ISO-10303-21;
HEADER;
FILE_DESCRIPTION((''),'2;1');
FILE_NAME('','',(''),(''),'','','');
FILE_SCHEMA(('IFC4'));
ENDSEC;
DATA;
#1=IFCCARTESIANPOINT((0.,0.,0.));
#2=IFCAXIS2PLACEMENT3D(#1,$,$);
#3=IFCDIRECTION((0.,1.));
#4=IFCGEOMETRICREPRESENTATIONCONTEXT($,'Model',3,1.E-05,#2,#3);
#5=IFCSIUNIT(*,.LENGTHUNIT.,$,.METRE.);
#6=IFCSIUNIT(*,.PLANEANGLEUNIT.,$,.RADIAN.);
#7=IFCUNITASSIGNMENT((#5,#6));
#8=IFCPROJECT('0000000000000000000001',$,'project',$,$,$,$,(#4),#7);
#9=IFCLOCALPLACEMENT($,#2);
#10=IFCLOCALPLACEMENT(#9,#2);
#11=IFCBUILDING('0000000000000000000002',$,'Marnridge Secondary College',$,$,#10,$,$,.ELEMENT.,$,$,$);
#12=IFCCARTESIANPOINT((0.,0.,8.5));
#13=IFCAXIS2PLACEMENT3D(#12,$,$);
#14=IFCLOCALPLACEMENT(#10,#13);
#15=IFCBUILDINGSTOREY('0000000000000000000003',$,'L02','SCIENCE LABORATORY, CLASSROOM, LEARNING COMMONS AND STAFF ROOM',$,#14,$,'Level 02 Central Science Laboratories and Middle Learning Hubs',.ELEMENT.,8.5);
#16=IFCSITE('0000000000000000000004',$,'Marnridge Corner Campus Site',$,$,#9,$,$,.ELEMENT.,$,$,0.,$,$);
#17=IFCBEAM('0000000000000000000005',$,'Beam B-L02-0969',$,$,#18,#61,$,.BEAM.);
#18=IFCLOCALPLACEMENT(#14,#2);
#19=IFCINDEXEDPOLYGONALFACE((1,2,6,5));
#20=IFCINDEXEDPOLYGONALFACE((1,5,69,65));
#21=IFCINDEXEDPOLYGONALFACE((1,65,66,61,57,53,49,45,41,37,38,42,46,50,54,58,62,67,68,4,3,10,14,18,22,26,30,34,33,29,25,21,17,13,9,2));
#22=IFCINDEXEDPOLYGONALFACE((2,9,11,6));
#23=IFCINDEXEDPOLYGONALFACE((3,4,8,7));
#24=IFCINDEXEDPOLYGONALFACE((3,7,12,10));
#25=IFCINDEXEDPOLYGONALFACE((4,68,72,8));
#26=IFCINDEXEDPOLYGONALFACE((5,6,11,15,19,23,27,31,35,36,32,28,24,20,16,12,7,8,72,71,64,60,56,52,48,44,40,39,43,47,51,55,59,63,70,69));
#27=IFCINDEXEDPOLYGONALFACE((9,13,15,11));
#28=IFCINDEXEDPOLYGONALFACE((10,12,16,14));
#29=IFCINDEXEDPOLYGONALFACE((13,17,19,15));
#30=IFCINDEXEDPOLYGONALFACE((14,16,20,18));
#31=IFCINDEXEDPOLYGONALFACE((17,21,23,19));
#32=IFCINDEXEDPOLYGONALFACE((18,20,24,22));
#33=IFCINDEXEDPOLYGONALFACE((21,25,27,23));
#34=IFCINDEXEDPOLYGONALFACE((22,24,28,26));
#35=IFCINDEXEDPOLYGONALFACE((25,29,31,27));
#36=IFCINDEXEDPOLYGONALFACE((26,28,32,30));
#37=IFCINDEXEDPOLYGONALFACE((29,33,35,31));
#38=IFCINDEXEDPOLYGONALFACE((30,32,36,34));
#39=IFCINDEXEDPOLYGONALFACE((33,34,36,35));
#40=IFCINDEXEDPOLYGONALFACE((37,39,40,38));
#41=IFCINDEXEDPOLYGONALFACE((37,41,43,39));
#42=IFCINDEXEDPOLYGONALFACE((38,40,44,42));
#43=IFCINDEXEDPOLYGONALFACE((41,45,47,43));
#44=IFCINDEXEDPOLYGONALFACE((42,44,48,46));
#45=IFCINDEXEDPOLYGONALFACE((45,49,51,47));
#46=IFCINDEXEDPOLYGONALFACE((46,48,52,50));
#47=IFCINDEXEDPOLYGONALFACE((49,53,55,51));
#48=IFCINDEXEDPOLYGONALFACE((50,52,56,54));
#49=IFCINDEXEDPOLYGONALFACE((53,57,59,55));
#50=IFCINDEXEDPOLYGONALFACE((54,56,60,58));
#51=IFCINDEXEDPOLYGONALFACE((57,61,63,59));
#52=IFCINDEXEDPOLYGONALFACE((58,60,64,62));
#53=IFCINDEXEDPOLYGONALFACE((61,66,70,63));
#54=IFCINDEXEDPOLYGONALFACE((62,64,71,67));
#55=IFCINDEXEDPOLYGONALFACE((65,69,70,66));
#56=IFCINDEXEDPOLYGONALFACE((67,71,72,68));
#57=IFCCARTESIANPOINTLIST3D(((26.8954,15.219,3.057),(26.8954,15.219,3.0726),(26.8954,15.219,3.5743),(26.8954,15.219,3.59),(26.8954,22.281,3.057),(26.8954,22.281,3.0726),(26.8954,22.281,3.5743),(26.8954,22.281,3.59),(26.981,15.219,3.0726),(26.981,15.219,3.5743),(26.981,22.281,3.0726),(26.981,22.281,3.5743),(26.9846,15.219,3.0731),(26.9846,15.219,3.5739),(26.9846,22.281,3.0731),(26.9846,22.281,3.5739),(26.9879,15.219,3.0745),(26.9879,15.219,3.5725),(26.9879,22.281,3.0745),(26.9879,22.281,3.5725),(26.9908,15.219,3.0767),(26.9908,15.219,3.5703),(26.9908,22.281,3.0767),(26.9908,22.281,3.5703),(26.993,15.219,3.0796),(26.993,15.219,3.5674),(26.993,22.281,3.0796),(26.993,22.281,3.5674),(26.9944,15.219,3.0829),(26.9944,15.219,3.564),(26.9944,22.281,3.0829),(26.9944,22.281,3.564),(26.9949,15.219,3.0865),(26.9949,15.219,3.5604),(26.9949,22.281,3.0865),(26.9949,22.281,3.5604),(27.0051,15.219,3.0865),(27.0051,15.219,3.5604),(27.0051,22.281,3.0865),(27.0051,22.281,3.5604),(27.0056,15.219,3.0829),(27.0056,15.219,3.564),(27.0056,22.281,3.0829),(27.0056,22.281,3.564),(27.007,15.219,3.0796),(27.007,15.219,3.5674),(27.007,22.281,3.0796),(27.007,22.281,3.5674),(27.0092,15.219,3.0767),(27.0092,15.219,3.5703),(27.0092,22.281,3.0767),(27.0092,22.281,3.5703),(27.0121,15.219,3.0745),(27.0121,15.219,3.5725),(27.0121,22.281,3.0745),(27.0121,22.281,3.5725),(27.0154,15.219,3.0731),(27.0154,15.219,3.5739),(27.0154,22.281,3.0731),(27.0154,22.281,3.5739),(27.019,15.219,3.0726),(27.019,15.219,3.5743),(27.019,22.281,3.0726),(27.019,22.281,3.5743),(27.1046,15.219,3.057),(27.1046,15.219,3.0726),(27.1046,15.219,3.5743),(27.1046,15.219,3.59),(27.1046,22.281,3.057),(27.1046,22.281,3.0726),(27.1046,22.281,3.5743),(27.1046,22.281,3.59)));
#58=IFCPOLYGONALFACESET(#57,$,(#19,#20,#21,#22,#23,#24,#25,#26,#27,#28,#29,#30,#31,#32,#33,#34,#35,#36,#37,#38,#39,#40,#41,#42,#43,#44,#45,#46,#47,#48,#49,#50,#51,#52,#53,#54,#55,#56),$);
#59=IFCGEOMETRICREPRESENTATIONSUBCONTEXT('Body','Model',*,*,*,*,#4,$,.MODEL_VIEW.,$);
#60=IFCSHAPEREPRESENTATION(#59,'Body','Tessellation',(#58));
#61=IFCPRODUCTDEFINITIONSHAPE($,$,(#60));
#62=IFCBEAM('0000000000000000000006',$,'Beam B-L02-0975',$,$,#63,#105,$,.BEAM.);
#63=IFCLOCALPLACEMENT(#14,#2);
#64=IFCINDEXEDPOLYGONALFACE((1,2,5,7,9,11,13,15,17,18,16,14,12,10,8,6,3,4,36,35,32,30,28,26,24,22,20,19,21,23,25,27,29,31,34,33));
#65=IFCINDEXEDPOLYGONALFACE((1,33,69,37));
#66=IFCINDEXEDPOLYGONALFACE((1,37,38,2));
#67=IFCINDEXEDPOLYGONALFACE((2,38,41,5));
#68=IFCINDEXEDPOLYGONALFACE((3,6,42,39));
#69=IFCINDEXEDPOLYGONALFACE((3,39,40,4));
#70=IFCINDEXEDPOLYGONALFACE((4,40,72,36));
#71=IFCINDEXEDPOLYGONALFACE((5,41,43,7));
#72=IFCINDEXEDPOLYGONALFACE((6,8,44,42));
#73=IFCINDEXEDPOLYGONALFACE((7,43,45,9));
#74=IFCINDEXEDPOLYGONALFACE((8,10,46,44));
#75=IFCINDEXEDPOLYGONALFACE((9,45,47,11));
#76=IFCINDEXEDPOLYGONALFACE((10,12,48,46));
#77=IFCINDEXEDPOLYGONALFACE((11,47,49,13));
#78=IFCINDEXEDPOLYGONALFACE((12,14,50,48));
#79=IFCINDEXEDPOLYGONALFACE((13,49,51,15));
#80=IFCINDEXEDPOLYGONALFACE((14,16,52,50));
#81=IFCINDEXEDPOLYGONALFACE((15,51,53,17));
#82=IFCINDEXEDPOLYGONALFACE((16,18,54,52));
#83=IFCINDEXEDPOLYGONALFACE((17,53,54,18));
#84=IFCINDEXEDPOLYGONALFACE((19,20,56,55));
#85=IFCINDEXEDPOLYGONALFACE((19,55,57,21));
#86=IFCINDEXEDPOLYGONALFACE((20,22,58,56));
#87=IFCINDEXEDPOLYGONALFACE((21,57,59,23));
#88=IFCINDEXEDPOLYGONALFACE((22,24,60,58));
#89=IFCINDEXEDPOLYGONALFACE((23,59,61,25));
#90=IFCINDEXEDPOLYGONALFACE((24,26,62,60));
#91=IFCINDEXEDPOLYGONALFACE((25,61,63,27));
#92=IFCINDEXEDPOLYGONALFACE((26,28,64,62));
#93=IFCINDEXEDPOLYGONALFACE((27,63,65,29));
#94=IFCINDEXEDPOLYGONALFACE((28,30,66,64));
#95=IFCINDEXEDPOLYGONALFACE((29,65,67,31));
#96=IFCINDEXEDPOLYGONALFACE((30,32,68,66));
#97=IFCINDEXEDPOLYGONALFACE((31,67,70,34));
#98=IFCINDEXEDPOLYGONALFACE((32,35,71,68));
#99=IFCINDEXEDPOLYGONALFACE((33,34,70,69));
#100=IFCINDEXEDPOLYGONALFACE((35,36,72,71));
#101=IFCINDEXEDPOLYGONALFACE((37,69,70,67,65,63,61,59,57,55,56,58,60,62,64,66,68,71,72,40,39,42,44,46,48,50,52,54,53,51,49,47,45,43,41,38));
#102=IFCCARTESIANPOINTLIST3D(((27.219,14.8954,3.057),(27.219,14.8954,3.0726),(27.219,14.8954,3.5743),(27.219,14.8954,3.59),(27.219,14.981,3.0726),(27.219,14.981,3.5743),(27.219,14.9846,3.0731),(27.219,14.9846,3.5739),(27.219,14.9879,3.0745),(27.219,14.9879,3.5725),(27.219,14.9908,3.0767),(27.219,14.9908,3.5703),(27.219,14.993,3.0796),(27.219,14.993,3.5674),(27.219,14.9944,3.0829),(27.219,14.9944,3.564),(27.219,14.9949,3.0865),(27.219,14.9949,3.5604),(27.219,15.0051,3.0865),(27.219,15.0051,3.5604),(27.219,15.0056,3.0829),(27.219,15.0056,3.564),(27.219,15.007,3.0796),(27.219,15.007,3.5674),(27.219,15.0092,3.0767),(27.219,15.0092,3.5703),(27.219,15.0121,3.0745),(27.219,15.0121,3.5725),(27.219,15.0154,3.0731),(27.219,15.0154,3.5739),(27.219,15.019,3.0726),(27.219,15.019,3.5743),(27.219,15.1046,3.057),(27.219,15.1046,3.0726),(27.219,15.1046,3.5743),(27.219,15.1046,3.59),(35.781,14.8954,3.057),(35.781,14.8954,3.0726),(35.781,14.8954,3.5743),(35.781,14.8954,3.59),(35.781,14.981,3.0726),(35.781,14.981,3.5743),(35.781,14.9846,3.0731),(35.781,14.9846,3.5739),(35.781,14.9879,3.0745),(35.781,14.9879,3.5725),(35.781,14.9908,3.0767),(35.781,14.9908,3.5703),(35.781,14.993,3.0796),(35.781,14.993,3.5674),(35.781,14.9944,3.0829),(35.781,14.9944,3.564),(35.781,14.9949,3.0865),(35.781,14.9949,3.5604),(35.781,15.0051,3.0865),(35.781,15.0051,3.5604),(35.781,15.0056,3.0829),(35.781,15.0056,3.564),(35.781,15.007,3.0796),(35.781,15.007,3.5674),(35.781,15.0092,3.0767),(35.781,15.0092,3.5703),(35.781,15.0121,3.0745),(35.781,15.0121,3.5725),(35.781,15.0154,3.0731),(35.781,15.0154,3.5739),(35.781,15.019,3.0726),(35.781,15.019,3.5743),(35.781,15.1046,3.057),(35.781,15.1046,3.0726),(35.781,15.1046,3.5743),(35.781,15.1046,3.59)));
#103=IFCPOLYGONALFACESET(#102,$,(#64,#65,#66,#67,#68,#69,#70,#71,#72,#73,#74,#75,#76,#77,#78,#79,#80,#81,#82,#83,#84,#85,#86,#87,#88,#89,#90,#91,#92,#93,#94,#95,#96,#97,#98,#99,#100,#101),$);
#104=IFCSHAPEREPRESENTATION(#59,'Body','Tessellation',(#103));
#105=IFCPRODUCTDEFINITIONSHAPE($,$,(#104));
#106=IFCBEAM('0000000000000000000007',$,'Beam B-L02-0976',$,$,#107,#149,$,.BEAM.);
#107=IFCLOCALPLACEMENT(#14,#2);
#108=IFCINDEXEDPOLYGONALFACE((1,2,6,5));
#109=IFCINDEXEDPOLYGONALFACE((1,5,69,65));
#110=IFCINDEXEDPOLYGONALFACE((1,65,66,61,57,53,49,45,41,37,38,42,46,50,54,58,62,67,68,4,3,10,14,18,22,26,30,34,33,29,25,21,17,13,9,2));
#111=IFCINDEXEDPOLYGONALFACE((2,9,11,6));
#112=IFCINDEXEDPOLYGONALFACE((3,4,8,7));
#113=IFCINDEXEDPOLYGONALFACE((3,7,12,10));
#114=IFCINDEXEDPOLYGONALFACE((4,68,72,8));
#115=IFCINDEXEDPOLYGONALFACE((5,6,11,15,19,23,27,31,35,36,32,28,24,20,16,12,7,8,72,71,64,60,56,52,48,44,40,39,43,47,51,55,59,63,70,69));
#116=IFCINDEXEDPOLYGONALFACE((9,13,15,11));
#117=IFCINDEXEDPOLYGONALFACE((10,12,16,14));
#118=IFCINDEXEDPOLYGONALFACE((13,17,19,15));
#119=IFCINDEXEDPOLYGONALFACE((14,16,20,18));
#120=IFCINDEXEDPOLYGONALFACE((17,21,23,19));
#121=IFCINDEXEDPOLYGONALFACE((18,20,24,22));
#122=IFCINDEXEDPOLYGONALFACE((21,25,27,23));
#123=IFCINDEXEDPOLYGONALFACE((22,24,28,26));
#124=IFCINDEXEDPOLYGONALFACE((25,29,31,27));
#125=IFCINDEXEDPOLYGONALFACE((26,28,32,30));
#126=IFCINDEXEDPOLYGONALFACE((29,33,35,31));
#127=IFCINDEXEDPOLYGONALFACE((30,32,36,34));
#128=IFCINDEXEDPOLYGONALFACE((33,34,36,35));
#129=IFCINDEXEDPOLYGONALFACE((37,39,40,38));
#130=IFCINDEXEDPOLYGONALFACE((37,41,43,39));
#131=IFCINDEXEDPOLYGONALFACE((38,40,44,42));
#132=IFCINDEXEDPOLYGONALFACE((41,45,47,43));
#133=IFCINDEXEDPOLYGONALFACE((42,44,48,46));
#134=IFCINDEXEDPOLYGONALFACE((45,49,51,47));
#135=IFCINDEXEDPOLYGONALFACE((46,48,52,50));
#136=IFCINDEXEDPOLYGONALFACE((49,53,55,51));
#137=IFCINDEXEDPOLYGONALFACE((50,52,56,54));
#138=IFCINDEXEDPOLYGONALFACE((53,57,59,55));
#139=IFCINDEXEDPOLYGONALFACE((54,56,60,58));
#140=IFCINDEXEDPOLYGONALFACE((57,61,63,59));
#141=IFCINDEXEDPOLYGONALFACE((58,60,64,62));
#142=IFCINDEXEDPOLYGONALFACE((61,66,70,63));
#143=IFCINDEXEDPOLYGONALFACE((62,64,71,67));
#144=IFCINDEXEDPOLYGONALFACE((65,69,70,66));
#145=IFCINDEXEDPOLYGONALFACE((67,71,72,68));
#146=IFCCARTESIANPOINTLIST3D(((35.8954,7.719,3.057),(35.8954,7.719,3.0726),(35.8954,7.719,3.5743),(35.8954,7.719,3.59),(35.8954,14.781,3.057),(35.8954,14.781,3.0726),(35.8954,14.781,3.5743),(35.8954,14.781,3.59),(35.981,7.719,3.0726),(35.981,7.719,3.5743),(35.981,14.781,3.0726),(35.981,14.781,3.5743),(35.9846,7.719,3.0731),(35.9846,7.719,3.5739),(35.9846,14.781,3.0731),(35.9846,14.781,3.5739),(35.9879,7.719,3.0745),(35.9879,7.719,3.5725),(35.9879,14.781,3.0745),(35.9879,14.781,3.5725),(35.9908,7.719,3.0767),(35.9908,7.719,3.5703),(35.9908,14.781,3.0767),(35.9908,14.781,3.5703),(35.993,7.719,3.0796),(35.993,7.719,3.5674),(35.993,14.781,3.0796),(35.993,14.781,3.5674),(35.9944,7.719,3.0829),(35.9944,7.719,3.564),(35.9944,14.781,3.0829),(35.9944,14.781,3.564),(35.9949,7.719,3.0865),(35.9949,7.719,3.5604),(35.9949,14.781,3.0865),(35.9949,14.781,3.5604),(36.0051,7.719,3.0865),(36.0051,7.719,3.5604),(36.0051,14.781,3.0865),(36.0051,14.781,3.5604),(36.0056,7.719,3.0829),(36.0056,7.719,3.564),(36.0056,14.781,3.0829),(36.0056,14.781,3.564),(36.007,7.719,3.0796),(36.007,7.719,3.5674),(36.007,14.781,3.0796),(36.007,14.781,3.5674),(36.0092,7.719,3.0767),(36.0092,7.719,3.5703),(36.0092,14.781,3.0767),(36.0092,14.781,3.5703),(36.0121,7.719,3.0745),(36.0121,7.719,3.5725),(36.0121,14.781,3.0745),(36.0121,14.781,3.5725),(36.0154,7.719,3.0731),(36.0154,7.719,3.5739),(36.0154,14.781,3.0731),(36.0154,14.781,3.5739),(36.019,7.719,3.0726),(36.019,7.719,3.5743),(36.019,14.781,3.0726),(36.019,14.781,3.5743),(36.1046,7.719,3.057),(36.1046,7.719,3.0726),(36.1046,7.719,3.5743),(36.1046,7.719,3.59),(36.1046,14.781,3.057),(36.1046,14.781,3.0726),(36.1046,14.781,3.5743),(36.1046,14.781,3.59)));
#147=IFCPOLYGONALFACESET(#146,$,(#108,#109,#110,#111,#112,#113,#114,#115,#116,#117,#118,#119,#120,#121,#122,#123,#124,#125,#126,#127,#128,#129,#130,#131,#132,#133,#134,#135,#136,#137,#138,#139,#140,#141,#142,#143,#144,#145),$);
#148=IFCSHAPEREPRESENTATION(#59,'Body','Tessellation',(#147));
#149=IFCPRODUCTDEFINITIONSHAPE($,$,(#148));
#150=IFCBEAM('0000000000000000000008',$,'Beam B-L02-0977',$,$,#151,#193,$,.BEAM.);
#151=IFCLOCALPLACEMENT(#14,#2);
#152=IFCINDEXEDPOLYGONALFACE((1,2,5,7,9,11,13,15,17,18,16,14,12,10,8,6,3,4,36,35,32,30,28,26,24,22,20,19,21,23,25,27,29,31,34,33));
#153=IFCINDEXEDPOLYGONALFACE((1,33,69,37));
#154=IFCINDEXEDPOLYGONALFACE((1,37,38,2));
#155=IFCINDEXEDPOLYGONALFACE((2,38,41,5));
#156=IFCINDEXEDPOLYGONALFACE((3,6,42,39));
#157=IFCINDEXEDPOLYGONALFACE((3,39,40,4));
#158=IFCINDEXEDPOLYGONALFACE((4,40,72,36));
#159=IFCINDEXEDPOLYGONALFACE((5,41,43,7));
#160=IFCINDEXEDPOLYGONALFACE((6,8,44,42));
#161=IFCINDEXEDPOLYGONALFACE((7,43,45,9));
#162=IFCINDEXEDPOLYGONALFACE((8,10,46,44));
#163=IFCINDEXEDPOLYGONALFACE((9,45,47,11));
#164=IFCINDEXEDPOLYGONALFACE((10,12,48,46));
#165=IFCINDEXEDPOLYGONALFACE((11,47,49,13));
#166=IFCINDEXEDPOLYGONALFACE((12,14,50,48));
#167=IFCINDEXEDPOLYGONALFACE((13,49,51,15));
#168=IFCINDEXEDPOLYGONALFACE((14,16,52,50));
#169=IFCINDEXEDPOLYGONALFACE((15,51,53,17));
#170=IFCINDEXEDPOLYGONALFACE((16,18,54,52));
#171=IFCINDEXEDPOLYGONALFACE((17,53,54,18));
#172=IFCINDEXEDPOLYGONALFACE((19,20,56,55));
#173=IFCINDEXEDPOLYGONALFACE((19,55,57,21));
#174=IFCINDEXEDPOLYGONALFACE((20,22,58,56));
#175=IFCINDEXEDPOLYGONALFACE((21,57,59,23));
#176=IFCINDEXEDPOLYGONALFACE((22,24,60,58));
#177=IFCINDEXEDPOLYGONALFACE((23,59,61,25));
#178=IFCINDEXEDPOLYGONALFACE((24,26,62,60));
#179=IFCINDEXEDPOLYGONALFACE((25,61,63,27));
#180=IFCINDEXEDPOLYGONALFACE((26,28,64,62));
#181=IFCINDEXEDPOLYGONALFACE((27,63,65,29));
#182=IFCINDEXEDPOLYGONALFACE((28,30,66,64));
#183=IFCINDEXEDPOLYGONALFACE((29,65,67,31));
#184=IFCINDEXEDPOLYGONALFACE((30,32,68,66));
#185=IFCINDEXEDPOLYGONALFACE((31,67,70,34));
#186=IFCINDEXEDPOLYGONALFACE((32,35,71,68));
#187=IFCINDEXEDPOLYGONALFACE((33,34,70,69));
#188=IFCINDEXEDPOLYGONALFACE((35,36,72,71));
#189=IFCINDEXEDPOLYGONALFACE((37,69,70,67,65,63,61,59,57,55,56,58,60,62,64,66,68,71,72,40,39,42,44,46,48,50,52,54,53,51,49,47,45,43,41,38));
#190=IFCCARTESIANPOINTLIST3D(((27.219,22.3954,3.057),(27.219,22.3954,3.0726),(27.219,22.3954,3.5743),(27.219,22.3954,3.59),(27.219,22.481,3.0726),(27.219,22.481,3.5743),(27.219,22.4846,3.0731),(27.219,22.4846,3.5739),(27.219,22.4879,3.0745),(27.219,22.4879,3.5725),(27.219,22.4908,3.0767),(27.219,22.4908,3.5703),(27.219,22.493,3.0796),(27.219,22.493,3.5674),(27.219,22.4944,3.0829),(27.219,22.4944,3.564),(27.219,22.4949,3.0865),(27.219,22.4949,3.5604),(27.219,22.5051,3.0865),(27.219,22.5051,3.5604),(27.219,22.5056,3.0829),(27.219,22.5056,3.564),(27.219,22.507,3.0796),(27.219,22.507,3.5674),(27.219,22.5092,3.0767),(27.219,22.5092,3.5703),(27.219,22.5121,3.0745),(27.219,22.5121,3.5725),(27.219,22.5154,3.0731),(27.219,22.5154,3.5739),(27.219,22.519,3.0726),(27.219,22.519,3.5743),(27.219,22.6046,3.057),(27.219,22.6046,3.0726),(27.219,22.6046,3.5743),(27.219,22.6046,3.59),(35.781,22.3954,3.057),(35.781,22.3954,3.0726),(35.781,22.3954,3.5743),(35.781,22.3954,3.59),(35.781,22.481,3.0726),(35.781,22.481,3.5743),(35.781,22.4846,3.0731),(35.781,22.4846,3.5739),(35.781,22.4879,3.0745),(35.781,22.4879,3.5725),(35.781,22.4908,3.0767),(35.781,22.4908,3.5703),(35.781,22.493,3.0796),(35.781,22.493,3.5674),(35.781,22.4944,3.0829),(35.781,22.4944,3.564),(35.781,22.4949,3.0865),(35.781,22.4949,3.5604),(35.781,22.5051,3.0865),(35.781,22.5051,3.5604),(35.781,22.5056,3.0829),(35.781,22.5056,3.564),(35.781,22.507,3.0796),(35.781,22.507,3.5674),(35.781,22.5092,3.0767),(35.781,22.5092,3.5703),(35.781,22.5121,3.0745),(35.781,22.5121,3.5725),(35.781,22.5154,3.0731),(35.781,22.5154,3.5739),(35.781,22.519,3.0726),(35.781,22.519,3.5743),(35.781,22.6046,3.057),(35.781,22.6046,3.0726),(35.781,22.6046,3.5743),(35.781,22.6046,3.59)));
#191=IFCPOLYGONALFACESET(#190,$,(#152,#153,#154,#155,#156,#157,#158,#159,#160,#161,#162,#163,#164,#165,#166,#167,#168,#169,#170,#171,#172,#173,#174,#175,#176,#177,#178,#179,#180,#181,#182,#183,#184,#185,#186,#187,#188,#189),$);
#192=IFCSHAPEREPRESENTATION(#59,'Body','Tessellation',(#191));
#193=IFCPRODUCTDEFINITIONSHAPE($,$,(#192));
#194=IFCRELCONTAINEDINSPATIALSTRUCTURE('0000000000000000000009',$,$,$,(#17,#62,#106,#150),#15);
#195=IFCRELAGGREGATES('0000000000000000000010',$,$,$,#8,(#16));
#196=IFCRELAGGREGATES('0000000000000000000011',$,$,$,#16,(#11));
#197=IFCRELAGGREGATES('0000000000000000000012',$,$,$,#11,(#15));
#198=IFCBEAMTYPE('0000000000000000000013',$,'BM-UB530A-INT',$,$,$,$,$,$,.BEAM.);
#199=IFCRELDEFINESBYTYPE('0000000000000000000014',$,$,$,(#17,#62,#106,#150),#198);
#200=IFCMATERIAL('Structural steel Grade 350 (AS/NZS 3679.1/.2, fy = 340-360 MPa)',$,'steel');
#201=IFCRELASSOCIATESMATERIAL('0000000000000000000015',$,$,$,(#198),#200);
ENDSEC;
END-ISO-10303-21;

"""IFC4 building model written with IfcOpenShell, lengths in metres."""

from ifc_helpers import new_model, si_unit, direction, frame, origin, origin_2d, place, context, subcontext, project, spatial, i_section, extrude, material, material_profile, profile_set, type_object, element, save


model = new_model("IFC4")

# Units and contexts
model_context = context("Model", 3, precision=1e-05, world=origin(), true_north=direction((0.0, 1.0)))
body_context = subcontext(model_context, "Body", "Model", "MODEL_VIEW")
ifc_project = project(units=[si_unit("LENGTHUNIT", "METRE"), si_unit("PLANEANGLEUNIT", "RADIAN")], contexts=[model_context])

# Site, building, storey
site_placement = place(None, origin())
site = spatial("IfcSite", under=ifc_project, at=site_placement, Name="Marnridge Corner Campus Site", CompositionType="ELEMENT", RefElevation=0.0)
building_placement = place(site_placement, origin())
building = spatial("IfcBuilding", under=site, at=building_placement, Name="Marnridge Secondary College", CompositionType="ELEMENT")
storey_placement = place(building_placement, frame((0.0, 0.0, 8.5)))
storey = spatial("IfcBuildingStorey", under=building, at=storey_placement, Name="L02", Description="SCIENCE LABORATORY, CLASSROOM, LEARNING COMMONS AND STAFF ROOM", LongName="Level 02 Central Science Laboratories and Middle Learning Hubs", CompositionType="ELEMENT", Elevation=8.5)

# Beams
ifc_material_1 = material(Name="Structural steel Grade 350 (AS/NZS 3679.1/.2, fy = 340-360 MPa)", Category="steel")
ifc_material_profile_1 = material_profile(ifc_material_1, i_section(OverallWidth=0.2092, OverallDepth=0.533, WebThickness=0.0103, FlangeThickness=0.0156, FilletRadius=0.0139, at=origin_2d()), Name="530UB92.4")
ifc_profile_set_1 = profile_set([ifc_material_profile_1], Name="Structural steel Grade 350 (AS/NZS 3679.1/.2, fy = 340-360 MPa)")
beam_type_1 = type_object("IfcBeamType", Name="BM-UB530A-INT", PredefinedType="BEAM", material=ifc_profile_set_1)
for number, where, z_axis, x_axis, name in (
    (1, (27.0, 15.219, 3.3235), (0.0, 1.0, 0.0), (-1.0, 0.0, 0.0), "Beam B-L02-0969"),
):
    element("IfcBeam", number, at=place(storey_placement, frame(where, z_axis=z_axis, x_axis=x_axis)), inside=storey, type_object=beam_type_1, Name=name, PredefinedType="BEAM", context=body_context, shape_type="SweptSolid", body=[
        extrude(i_section(OverallWidth=0.2092, OverallDepth=0.533, WebThickness=0.0103, FlangeThickness=0.0156, FilletRadius=0.0139, at=origin_2d()), origin(), (0.0, 0.0, 1.0), 7.062),
    ])
beam_1_placement = place(storey_placement, frame((27.219, 15.0, 3.3235), z_axis=(1.0, 0.0, 0.0), x_axis=(0.0, 1.0, 0.0)))
element("IfcBeam", 2, at=beam_1_placement, inside=storey, type_object=beam_type_1, Name="Beam B-L02-0975", PredefinedType="BEAM", context=body_context, shape_type="SweptSolid", body=[
    extrude(i_section(OverallWidth=0.2092, OverallDepth=0.533, WebThickness=0.0103, FlangeThickness=0.0156, FilletRadius=0.0139, at=origin_2d()), origin(), (0.0, 0.0, 1.0), 8.562),
])
beam_2_placement = place(storey_placement, frame((36.0, 7.719, 3.3235), z_axis=(0.0, 1.0, 0.0), x_axis=(-1.0, 0.0, 0.0)))
element("IfcBeam", 3, at=beam_2_placement, inside=storey, type_object=beam_type_1, Name="Beam B-L02-0976", PredefinedType="BEAM", context=body_context, shape_type="SweptSolid", body=[
    extrude(i_section(OverallWidth=0.2092, OverallDepth=0.533, WebThickness=0.0103, FlangeThickness=0.0156, FilletRadius=0.0139, at=origin_2d()), origin(), (0.0, 0.0, 1.0), 7.062),
])
beam_3_placement = place(storey_placement, frame((27.219, 22.5, 3.3235), z_axis=(1.0, 0.0, 0.0), x_axis=(0.0, 1.0, 0.0)))
element("IfcBeam", 4, at=beam_3_placement, inside=storey, type_object=beam_type_1, Name="Beam B-L02-0977", PredefinedType="BEAM", context=body_context, shape_type="SweptSolid", body=[
    extrude(i_section(OverallWidth=0.2092, OverallDepth=0.533, WebThickness=0.0103, FlangeThickness=0.0156, FilletRadius=0.0139, at=origin_2d()), origin(), (0.0, 0.0, 1.0), 8.562),
])

save(model, "model.ifc")
